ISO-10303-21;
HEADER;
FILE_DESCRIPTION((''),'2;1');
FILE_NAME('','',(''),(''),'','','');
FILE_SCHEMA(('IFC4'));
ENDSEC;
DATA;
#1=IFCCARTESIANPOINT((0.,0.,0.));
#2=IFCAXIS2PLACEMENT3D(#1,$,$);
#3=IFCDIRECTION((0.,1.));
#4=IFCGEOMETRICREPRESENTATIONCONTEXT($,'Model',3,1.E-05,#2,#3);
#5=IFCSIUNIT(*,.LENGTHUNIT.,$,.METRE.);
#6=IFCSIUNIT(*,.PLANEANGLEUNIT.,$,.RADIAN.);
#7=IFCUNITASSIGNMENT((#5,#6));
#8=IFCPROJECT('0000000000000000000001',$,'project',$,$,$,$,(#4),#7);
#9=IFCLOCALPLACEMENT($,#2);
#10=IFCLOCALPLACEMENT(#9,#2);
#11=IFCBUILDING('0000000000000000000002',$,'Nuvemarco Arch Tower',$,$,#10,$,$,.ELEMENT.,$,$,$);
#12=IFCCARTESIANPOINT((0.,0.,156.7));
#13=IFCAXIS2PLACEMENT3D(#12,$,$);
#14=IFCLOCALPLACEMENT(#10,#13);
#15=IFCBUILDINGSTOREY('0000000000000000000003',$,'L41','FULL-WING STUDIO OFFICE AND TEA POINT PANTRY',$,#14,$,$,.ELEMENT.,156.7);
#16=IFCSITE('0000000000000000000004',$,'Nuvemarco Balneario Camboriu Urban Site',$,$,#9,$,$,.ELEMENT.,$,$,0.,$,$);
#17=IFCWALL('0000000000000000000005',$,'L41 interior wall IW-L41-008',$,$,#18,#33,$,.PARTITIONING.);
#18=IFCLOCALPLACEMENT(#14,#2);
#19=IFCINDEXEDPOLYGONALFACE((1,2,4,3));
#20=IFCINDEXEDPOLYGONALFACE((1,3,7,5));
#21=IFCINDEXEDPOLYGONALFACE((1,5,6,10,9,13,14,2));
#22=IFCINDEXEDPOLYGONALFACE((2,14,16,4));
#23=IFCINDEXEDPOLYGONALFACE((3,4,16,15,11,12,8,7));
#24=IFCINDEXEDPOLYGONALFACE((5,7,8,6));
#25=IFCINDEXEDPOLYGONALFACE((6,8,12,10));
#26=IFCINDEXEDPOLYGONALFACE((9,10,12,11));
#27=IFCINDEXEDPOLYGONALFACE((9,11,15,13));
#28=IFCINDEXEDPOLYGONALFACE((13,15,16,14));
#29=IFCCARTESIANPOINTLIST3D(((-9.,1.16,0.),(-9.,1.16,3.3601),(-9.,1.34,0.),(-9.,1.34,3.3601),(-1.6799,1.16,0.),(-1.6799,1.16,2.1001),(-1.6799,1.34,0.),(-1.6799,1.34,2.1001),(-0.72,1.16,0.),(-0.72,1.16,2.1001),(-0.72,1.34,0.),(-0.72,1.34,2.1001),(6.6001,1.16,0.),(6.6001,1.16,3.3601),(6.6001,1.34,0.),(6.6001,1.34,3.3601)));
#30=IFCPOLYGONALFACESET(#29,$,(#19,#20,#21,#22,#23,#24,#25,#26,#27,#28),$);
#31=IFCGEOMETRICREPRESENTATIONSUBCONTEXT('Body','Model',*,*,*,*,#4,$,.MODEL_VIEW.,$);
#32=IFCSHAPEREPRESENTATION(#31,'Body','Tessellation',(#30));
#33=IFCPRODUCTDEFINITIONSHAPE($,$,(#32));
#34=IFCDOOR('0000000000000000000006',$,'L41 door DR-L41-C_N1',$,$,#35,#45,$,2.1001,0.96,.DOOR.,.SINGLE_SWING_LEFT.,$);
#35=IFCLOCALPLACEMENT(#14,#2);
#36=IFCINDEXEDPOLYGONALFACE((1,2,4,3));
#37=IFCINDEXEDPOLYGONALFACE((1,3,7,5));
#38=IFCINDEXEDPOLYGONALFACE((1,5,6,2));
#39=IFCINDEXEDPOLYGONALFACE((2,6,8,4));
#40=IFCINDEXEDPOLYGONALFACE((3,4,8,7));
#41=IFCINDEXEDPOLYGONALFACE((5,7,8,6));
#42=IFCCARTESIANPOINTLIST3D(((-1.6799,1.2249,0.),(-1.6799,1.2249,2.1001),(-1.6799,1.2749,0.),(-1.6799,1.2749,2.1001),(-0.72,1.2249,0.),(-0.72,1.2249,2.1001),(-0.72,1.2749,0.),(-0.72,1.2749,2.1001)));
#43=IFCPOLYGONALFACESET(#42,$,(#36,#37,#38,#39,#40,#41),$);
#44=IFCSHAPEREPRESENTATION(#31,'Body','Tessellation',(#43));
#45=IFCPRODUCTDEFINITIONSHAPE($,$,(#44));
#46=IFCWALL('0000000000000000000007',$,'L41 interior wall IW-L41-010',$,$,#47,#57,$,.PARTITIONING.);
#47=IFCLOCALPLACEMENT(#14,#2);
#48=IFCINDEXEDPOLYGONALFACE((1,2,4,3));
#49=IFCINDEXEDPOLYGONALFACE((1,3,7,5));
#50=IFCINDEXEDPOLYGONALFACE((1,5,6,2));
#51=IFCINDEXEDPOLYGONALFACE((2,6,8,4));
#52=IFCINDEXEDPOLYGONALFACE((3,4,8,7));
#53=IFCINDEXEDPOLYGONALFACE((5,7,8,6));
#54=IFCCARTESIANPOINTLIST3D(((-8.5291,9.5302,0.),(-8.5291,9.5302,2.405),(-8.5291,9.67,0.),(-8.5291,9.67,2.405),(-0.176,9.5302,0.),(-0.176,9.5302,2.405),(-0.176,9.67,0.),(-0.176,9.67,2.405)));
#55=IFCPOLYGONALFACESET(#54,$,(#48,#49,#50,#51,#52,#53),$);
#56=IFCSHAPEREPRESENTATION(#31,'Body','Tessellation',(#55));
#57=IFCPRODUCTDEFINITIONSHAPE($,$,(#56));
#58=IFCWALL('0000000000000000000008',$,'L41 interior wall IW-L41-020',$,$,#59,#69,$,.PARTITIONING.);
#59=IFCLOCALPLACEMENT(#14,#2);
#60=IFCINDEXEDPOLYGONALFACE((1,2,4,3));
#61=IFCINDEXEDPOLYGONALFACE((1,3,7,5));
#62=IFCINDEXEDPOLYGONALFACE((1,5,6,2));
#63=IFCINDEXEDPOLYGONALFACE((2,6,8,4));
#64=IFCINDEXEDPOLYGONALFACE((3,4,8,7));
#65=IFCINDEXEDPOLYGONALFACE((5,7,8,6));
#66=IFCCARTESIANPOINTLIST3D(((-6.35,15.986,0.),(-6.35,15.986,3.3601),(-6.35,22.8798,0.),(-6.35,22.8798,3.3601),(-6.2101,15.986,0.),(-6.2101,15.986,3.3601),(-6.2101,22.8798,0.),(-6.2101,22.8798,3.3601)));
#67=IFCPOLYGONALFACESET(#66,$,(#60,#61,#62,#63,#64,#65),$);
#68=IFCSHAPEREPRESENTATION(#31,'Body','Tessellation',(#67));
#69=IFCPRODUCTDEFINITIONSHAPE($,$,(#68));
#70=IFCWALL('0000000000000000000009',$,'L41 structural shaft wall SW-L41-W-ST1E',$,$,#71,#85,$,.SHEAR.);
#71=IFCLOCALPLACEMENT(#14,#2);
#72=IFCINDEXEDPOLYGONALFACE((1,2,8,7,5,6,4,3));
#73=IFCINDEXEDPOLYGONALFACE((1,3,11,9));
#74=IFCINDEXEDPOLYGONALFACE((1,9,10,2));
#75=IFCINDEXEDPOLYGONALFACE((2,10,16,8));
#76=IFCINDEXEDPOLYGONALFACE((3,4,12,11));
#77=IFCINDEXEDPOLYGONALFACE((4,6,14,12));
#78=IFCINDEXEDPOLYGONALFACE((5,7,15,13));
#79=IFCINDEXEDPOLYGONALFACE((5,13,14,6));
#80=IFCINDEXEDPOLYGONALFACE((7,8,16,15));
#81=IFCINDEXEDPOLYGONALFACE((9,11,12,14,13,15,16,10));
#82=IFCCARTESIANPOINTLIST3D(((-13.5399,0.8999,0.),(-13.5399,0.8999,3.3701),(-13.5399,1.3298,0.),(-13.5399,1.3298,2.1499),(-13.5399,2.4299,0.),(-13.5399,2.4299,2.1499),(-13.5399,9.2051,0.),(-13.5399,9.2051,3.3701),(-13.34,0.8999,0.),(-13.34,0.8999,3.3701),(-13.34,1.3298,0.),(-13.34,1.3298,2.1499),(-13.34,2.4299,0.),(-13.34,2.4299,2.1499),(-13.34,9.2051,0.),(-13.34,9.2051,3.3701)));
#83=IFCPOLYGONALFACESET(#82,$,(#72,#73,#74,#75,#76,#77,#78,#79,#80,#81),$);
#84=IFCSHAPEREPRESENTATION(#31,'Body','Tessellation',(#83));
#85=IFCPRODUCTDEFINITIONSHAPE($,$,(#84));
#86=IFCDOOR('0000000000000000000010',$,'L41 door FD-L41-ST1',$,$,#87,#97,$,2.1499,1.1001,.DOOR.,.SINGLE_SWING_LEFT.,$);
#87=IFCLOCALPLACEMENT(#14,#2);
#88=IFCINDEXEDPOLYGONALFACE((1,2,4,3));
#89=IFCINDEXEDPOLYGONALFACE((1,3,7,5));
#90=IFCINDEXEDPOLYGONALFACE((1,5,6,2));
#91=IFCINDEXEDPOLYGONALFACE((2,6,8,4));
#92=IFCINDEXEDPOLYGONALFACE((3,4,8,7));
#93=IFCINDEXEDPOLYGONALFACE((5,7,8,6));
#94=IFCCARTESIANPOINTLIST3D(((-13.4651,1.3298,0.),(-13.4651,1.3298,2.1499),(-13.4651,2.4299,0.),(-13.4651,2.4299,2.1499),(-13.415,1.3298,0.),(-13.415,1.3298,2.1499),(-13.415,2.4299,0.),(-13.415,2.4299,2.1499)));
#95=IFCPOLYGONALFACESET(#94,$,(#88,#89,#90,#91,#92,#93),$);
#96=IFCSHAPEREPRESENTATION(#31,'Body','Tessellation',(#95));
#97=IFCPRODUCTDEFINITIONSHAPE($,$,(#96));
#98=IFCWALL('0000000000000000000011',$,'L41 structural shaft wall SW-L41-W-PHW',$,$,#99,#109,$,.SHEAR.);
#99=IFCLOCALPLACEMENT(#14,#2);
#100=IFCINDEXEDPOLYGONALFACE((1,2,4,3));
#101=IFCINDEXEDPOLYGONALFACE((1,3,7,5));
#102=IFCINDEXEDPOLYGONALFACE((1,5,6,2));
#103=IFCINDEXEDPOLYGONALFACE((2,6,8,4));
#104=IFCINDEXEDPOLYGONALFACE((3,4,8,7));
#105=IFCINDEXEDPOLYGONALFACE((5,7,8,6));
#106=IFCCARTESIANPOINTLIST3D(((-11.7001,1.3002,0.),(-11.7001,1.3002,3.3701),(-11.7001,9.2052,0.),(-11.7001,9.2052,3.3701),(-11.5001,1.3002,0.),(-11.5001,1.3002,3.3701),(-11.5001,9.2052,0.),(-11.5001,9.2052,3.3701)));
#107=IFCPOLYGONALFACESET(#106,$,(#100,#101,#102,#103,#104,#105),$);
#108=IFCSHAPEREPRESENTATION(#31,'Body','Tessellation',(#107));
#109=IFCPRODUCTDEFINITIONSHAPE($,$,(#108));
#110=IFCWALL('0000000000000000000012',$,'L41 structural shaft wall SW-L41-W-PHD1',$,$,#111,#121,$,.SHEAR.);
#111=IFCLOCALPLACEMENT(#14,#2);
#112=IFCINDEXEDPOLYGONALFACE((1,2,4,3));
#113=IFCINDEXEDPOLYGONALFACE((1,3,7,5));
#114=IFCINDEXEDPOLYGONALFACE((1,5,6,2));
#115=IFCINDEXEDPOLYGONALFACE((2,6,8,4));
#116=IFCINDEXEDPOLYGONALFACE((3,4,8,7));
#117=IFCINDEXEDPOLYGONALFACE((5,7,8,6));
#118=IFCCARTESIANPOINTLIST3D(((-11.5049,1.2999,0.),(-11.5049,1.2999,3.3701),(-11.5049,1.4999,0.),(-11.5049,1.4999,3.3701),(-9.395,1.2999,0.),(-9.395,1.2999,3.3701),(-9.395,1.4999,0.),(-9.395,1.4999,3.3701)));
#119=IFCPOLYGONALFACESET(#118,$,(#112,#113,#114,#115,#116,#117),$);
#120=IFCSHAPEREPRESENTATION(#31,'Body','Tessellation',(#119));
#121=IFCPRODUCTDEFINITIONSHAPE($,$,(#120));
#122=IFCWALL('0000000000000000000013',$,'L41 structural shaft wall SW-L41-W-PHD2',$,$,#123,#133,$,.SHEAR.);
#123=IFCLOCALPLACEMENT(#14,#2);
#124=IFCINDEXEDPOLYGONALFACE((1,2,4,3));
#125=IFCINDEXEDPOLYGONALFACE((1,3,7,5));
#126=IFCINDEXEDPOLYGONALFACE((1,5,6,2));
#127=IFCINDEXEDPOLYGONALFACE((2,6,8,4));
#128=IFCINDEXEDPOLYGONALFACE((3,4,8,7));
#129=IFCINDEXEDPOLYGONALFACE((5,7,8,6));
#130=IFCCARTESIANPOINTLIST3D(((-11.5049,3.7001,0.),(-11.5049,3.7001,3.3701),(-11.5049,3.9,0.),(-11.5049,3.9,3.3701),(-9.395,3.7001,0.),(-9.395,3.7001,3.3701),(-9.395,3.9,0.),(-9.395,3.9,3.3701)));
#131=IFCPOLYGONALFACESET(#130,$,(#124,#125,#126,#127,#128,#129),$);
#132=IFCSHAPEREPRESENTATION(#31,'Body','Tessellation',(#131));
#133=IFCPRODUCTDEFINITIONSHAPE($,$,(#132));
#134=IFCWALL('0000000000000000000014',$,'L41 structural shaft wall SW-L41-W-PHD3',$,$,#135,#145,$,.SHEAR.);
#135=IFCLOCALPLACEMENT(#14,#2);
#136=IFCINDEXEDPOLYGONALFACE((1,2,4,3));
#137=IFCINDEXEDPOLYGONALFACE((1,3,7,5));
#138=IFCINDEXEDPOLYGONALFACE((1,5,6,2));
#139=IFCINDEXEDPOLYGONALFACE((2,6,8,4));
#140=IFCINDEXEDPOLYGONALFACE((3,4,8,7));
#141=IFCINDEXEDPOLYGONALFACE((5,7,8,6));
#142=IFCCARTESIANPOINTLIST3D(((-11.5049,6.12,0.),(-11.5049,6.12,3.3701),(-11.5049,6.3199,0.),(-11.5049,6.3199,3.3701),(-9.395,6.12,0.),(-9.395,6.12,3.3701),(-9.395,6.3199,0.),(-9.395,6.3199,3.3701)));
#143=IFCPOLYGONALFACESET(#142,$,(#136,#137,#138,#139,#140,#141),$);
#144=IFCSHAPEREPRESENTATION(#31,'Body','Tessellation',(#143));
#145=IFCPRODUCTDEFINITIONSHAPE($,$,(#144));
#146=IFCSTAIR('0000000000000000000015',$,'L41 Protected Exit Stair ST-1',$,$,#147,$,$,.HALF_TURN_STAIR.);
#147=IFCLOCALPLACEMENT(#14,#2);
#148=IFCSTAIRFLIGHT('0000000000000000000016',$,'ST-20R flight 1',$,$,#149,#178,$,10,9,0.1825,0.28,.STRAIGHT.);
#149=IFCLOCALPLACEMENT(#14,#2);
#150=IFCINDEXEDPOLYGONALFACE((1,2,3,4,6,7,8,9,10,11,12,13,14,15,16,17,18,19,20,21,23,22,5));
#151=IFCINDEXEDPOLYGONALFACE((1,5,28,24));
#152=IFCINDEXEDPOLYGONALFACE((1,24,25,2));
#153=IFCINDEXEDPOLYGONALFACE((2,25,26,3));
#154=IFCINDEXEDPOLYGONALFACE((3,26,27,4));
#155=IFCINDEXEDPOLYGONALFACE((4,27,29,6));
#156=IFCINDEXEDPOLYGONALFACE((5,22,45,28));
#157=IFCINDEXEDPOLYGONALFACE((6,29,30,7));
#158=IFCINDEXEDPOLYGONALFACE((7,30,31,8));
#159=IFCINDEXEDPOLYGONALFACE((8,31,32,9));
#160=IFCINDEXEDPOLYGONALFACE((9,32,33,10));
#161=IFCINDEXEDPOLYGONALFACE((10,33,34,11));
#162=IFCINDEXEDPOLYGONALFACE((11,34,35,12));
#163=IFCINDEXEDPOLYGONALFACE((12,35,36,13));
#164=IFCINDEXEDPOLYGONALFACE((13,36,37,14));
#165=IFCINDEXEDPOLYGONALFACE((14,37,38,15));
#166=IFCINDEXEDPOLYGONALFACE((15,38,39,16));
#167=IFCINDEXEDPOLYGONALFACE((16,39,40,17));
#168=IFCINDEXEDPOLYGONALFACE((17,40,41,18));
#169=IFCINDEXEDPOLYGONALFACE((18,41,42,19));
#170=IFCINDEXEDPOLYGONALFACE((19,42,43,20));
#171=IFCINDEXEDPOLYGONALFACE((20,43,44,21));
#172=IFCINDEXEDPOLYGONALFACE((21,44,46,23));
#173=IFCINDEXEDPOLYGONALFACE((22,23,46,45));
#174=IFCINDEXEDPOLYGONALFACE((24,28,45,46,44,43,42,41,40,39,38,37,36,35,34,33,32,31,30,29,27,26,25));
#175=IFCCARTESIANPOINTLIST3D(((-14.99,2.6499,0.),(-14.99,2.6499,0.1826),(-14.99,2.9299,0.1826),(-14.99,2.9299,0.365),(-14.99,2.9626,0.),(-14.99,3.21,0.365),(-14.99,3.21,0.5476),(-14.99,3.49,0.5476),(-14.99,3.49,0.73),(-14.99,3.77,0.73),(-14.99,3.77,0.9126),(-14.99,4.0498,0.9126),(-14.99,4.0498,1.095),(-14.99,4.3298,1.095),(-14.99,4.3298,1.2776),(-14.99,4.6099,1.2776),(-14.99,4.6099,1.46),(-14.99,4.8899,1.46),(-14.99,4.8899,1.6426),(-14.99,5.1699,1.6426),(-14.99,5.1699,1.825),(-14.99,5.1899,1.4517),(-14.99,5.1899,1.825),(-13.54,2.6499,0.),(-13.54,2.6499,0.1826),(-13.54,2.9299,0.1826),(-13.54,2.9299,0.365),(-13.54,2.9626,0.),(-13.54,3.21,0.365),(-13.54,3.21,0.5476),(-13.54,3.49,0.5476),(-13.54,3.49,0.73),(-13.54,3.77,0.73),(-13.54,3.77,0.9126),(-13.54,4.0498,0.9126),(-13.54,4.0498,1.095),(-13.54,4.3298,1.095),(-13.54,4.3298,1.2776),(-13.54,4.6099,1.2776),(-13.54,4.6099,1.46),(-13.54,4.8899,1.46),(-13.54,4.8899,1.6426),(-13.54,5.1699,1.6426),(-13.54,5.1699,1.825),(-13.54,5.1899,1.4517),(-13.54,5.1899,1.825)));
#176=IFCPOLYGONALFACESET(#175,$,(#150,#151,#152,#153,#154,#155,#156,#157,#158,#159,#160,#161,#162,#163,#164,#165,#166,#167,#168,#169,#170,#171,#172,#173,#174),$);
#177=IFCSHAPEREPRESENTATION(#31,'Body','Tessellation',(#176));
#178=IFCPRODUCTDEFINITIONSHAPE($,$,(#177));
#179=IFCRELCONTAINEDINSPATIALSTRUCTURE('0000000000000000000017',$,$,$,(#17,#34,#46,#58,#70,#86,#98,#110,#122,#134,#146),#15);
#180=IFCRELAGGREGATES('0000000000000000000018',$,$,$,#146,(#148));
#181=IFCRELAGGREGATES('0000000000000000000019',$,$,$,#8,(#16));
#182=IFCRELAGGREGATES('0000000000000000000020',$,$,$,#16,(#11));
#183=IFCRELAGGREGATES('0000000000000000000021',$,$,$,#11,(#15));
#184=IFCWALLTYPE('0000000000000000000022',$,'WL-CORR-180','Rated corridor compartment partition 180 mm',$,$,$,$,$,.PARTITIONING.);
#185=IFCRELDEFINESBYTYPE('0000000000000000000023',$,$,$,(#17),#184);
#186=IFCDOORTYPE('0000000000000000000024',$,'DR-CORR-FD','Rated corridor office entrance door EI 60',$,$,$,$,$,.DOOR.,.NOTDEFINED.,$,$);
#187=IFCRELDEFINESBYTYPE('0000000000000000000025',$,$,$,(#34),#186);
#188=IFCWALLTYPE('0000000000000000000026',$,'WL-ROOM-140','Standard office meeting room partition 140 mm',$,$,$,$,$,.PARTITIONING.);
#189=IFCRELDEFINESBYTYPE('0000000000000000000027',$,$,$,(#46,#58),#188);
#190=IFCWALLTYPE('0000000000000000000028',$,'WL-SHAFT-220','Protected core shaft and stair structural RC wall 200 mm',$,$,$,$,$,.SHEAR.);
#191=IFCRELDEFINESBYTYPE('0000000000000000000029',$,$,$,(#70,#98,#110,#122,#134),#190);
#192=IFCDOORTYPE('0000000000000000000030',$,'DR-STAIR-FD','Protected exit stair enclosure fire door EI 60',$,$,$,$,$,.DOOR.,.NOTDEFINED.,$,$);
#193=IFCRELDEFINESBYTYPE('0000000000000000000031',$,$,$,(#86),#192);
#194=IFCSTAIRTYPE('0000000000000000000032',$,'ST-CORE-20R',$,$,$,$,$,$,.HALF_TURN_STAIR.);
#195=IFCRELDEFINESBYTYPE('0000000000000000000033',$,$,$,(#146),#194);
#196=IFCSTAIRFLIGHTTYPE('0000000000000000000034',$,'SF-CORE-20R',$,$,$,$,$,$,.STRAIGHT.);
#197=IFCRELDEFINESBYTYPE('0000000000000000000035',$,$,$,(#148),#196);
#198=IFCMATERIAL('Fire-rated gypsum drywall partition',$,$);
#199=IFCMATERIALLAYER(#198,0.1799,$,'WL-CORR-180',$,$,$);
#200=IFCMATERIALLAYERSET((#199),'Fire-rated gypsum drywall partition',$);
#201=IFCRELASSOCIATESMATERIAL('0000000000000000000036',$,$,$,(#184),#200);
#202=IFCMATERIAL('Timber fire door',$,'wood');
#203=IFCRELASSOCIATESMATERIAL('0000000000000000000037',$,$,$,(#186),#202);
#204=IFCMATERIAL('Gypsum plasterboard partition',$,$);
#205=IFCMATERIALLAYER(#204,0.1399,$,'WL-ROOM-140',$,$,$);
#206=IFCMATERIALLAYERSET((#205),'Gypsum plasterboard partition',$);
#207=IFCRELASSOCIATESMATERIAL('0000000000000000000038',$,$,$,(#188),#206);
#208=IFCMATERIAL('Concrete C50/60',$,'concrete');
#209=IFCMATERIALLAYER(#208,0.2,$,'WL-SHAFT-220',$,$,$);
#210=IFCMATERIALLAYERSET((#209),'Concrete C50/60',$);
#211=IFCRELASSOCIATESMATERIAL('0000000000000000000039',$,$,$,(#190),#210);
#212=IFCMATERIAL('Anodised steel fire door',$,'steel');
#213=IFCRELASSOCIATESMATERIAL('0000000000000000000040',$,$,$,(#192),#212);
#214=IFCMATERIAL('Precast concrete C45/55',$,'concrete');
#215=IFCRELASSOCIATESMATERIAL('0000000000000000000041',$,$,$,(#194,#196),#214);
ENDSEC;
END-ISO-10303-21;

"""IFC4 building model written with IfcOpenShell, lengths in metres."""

from ifc_helpers import new_model, si_unit, direction, frame, frame_2d, origin, place, context, subcontext, project, spatial, polyline, rectangle, outline, extrude, source, transform, mapped, material, layer, layer_set, type_object, type_shapes, element, fill, aggregate, save


model = new_model("IFC4")

# Units and contexts
model_context = context("Model", 3, precision=1e-05, world=origin(), true_north=direction((0.0, 1.0)))
body_context = subcontext(model_context, "Body", "Model", "MODEL_VIEW")
ifc_project = project(units=[si_unit("LENGTHUNIT", "METRE"), si_unit("PLANEANGLEUNIT", "RADIAN")], contexts=[model_context])

# Site, building, storey
site_placement = place(None, origin())
site = spatial("IfcSite", under=ifc_project, at=site_placement, Name="Nuvemarco Balneario Camboriu Urban Site", CompositionType="ELEMENT", RefElevation=0.0)
building_placement = place(site_placement, origin())
building = spatial("IfcBuilding", under=site, at=building_placement, Name="Nuvemarco Arch Tower", CompositionType="ELEMENT")
storey_placement = place(building_placement, frame((0.0, 0.0, 156.7)))
storey = spatial("IfcBuildingStorey", under=building, at=storey_placement, Name="L41", Description="FULL-WING STUDIO OFFICE AND TEA POINT PANTRY", CompositionType="ELEMENT", Elevation=156.7)

# Shared definitions
ifc_material_1 = material(Name="Concrete C50/60", Category="concrete")

# Shared definitions
ifc_material_2 = material(Name="Precast concrete C45/55", Category="concrete")

# Wall, opening, door
ifc_material_3 = material(Name="Fire-rated gypsum drywall partition")
ifc_layer_1 = layer(ifc_material_3, 0.1799, Name="WL-CORR-180")
ifc_layer_set_1 = layer_set([ifc_layer_1], Name="Fire-rated gypsum drywall partition")
wall_type_1 = type_object("IfcWallType", Name="WL-CORR-180", Description="Rated corridor compartment partition 180 mm", PredefinedType="PARTITIONING", material=ifc_layer_set_1)
wall_1_placement = place(storey_placement, frame((-9.0, 1.25, 0.0), z_axis=(0.0, 0.0, 1.0), x_axis=(1.0, 0.0, 0.0)))
wall_1 = element("IfcWall", 1, at=wall_1_placement, inside=storey, type_object=wall_type_1, Name="L41 interior wall IW-L41-008", PredefinedType="PARTITIONING", context=body_context, shape_type="SweptSolid", body=[
    extrude(rectangle(XDim=15.6001, YDim=0.1799, at=frame_2d((7.8, 0.0))), origin(), (0.0, 0.0, 1.0), 3.3601),
])
opening_1_placement = place(wall_1_placement, frame((7.3201, 0.0, 0.0)))
opening_1 = element("IfcOpeningElement", 2, at=opening_1_placement, cuts=wall_1, PredefinedType="OPENING", context=body_context, shape_type="SweptSolid", body=[
    extrude(rectangle(XDim=0.96, YDim=2.1001, at=frame_2d((0.48, 1.05))), frame((0.0, 0.0999, 0.0), z_axis=(0.0, -1.0, 0.0), x_axis=(1.0, 0.0, 0.0)), (0.0, 0.0, 1.0), 0.2),
])
ifc_material_4 = material(Name="Timber fire door", Category="wood")
door_type_1 = type_object("IfcDoorType", Name="DR-CORR-FD", Description="Rated corridor office entrance door EI 60", OperationType="NOTDEFINED", PredefinedType="DOOR", material=ifc_material_4)
shared_shape_1 = source(origin(), body_context, "Body", "SweptSolid", [
    extrude(rectangle(XDim=0.96, YDim=2.1001, at=frame_2d((0.48, 1.05))), frame((0.0, 0.0249, 0.0), z_axis=(0.0, -1.0, 0.0), x_axis=(1.0, 0.0, 0.0)), (0.0, 0.0, 1.0), 0.05),
])
type_shapes(door_type_1, [shared_shape_1])
door_1_placement = place(opening_1_placement, origin())
door_1 = element("IfcDoor", 3, at=door_1_placement, inside=storey, type_object=door_type_1, Name="L41 door DR-L41-C_N1", OperationType="SINGLE_SWING_LEFT", OverallHeight=2.1001, OverallWidth=0.96, PredefinedType="DOOR", context=body_context, shape_type="MappedRepresentation", body=[
    mapped(shared_shape_1, transform((0.0, 0.0, 0.0), scale=1.0)),
])
fill(opening_1, door_1)

# Walls
ifc_material_5 = material(Name="Gypsum plasterboard partition")
ifc_layer_2 = layer(ifc_material_5, 0.1399, Name="WL-ROOM-140")
ifc_layer_set_2 = layer_set([ifc_layer_2], Name="Gypsum plasterboard partition")
wall_type_2 = type_object("IfcWallType", Name="WL-ROOM-140", Description="Standard office meeting room partition 140 mm", PredefinedType="PARTITIONING", material=ifc_layer_set_2)
wall_2_placement = place(storey_placement, frame((-8.5291, 9.6001, 0.0), z_axis=(0.0, 0.0, 1.0), x_axis=(1.0, 0.0, 0.0)))
element("IfcWall", 4, at=wall_2_placement, inside=storey, type_object=wall_type_2, Name="L41 interior wall IW-L41-010", PredefinedType="PARTITIONING", context=body_context, shape_type="SweptSolid", body=[
    extrude(rectangle(XDim=8.353, YDim=0.1399, at=frame_2d((4.1765, 0.0))), origin(), (0.0, 0.0, 1.0), 2.405),
])
wall_3_placement = place(storey_placement, frame((-6.28, 15.9861, 0.0), z_axis=(0.0, 0.0, 1.0), x_axis=(0.0, 1.0, 0.0)))
element("IfcWall", 5, at=wall_3_placement, inside=storey, type_object=wall_type_2, Name="L41 interior wall IW-L41-020", PredefinedType="PARTITIONING", context=body_context, shape_type="SweptSolid", body=[
    extrude(rectangle(XDim=6.8938, YDim=0.1399, at=frame_2d((3.4468, 0.0))), origin(), (0.0, 0.0, 1.0), 3.3601),
])

# Wall, opening, door
ifc_layer_3 = layer(ifc_material_1, 0.2, Name="WL-SHAFT-220")
ifc_layer_set_3 = layer_set([ifc_layer_3], Name="Concrete C50/60")
wall_type_3 = type_object("IfcWallType", Name="WL-SHAFT-220", Description="Protected core shaft and stair structural RC wall 200 mm", PredefinedType="SHEAR", material=ifc_layer_set_3)
wall_4_placement = place(storey_placement, frame((-13.4399, 0.8999, 0.0), z_axis=(0.0, 0.0, 1.0), x_axis=(0.0, 1.0, 0.0)))
wall_4 = element("IfcWall", 6, at=wall_4_placement, inside=storey, type_object=wall_type_3, Name="L41 structural shaft wall SW-L41-W-ST1E", PredefinedType="SHEAR", context=body_context, shape_type="SweptSolid", body=[
    extrude(rectangle(XDim=8.3052, YDim=0.2, at=frame_2d((4.1526, 0.0))), origin(), (0.0, 0.0, 1.0), 3.3701),
])
opening_2_placement = place(wall_4_placement, frame((1.53, 0.0, 0.0), z_axis=(0.0, 0.0, 1.0), x_axis=(-1.0, 0.0, 0.0)))
opening_2 = element("IfcOpeningElement", 7, at=opening_2_placement, cuts=wall_4, PredefinedType="OPENING", context=body_context, shape_type="SweptSolid", body=[
    extrude(rectangle(XDim=1.1001, YDim=2.1499, at=frame_2d((0.55, 1.075))), frame((0.0, 0.1099, 0.0), z_axis=(0.0, -1.0, 0.0), x_axis=(1.0, 0.0, 0.0)), (0.0, 0.0, 1.0), 0.22),
])
ifc_material_6 = material(Name="Anodised steel fire door", Category="steel")
door_type_2 = type_object("IfcDoorType", Name="DR-STAIR-FD", Description="Protected exit stair enclosure fire door EI 60", OperationType="NOTDEFINED", PredefinedType="DOOR", material=ifc_material_6)
shared_shape_2 = source(origin(), body_context, "Body", "SweptSolid", [
    extrude(rectangle(XDim=1.1001, YDim=2.1499, at=frame_2d((0.55, 1.075))), frame((0.0, 0.0249, 0.0), z_axis=(0.0, -1.0, 0.0), x_axis=(1.0, 0.0, 0.0)), (0.0, 0.0, 1.0), 0.05),
])
type_shapes(door_type_2, [shared_shape_2])
door_2_placement = place(opening_2_placement, origin())
door_2 = element("IfcDoor", 8, at=door_2_placement, inside=storey, type_object=door_type_2, Name="L41 door FD-L41-ST1", OperationType="SINGLE_SWING_LEFT", OverallHeight=2.1499, OverallWidth=1.1001, PredefinedType="DOOR", context=body_context, shape_type="MappedRepresentation", body=[
    mapped(shared_shape_2, transform((0.0, 0.0, 0.0), scale=1.0)),
])
fill(opening_2, door_2)

# Walls
wall_5_placement = place(storey_placement, frame((-11.6001, 1.3, 0.0), z_axis=(0.0, 0.0, 1.0), x_axis=(0.0, 1.0, 0.0)))
element("IfcWall", 9, at=wall_5_placement, inside=storey, type_object=wall_type_3, Name="L41 structural shaft wall SW-L41-W-PHW", PredefinedType="SHEAR", context=body_context, shape_type="SweptSolid", body=[
    extrude(rectangle(XDim=7.905, YDim=0.2, at=frame_2d((3.9526, 0.0))), origin(), (0.0, 0.0, 1.0), 3.3701),
])
for number, where, z_axis, x_axis, name in (
    (10, (-11.5049, 1.3999, 0.0), (0.0, 0.0, 1.0), (1.0, 0.0, 0.0), "L41 structural shaft wall SW-L41-W-PHD1"),
    (11, (-11.5049, 3.8, 0.0), (0.0, 0.0, 1.0), (1.0, 0.0, 0.0), "L41 structural shaft wall SW-L41-W-PHD2"),
    (12, (-11.5049, 6.22, 0.0), (0.0, 0.0, 1.0), (1.0, 0.0, 0.0), "L41 structural shaft wall SW-L41-W-PHD3"),
):
    element("IfcWall", number, at=place(storey_placement, frame(where, z_axis=z_axis, x_axis=x_axis)), inside=storey, type_object=wall_type_3, Name=name, PredefinedType="SHEAR", context=body_context, shape_type="SweptSolid", body=[
        extrude(rectangle(XDim=2.1099, YDim=0.2, at=frame_2d((1.0549, 0.0))), origin(), (0.0, 0.0, 1.0), 3.3701),
    ])

# Stair, stair flight
stair_type = type_object("IfcStairType", Name="ST-CORE-20R", PredefinedType="HALF_TURN_STAIR", material=ifc_material_2)
stair_placement = place(storey_placement, origin())
stair = element("IfcStair", 13, at=stair_placement, inside=storey, type_object=stair_type, Name="L41 Protected Exit Stair ST-1", PredefinedType="HALF_TURN_STAIR")
stair_flight_type = type_object("IfcStairFlightType", Name="SF-CORE-20R", PredefinedType="STRAIGHT", material=ifc_material_2)
stair_flight_1_placement = place(storey_placement, frame((-14.2649, 2.6499, 0.0), z_axis=(0.0, 0.0, 1.0), x_axis=(0.0, 1.0, 0.0)))
stair_flight_1 = element("IfcStairFlight", 14, at=stair_flight_1_placement, type_object=stair_flight_type, Name="ST-20R flight 1", NumberOfRisers=10, NumberOfTreads=9, PredefinedType="STRAIGHT", RiserHeight=0.1825, TreadLength=0.28, context=body_context, shape_type="SweptSolid", body=[
    extrude(outline(polyline([(0.0, 0.0), (0.0, 0.1826), (0.28, 0.1826), (0.28, 0.365), (0.5601, 0.365), (0.5601, 0.5476), (0.8401, 0.5476), (0.8401, 0.73), (1.1201, 0.73), (1.1201, 0.9126), (1.3999, 0.9126), (1.3999, 1.095), (1.6799, 1.095), (1.6799, 1.2776), (1.96, 1.2776), (1.96, 1.46), (2.24, 1.46), (2.24, 1.6426), (2.52, 1.6426), (2.52, 1.825), (2.54, 1.825), (2.54, 1.4517), (0.3127, 0.0), (0.0, 0.0)])), frame((0.0, 0.7251, 0.0), z_axis=(0.0, -1.0, 0.0), x_axis=(1.0, 0.0, 0.0)), (0.0, 0.0, 1.0), 1.45),
])
aggregate(stair, [stair_flight_1])

save(model, "model.ifc")
